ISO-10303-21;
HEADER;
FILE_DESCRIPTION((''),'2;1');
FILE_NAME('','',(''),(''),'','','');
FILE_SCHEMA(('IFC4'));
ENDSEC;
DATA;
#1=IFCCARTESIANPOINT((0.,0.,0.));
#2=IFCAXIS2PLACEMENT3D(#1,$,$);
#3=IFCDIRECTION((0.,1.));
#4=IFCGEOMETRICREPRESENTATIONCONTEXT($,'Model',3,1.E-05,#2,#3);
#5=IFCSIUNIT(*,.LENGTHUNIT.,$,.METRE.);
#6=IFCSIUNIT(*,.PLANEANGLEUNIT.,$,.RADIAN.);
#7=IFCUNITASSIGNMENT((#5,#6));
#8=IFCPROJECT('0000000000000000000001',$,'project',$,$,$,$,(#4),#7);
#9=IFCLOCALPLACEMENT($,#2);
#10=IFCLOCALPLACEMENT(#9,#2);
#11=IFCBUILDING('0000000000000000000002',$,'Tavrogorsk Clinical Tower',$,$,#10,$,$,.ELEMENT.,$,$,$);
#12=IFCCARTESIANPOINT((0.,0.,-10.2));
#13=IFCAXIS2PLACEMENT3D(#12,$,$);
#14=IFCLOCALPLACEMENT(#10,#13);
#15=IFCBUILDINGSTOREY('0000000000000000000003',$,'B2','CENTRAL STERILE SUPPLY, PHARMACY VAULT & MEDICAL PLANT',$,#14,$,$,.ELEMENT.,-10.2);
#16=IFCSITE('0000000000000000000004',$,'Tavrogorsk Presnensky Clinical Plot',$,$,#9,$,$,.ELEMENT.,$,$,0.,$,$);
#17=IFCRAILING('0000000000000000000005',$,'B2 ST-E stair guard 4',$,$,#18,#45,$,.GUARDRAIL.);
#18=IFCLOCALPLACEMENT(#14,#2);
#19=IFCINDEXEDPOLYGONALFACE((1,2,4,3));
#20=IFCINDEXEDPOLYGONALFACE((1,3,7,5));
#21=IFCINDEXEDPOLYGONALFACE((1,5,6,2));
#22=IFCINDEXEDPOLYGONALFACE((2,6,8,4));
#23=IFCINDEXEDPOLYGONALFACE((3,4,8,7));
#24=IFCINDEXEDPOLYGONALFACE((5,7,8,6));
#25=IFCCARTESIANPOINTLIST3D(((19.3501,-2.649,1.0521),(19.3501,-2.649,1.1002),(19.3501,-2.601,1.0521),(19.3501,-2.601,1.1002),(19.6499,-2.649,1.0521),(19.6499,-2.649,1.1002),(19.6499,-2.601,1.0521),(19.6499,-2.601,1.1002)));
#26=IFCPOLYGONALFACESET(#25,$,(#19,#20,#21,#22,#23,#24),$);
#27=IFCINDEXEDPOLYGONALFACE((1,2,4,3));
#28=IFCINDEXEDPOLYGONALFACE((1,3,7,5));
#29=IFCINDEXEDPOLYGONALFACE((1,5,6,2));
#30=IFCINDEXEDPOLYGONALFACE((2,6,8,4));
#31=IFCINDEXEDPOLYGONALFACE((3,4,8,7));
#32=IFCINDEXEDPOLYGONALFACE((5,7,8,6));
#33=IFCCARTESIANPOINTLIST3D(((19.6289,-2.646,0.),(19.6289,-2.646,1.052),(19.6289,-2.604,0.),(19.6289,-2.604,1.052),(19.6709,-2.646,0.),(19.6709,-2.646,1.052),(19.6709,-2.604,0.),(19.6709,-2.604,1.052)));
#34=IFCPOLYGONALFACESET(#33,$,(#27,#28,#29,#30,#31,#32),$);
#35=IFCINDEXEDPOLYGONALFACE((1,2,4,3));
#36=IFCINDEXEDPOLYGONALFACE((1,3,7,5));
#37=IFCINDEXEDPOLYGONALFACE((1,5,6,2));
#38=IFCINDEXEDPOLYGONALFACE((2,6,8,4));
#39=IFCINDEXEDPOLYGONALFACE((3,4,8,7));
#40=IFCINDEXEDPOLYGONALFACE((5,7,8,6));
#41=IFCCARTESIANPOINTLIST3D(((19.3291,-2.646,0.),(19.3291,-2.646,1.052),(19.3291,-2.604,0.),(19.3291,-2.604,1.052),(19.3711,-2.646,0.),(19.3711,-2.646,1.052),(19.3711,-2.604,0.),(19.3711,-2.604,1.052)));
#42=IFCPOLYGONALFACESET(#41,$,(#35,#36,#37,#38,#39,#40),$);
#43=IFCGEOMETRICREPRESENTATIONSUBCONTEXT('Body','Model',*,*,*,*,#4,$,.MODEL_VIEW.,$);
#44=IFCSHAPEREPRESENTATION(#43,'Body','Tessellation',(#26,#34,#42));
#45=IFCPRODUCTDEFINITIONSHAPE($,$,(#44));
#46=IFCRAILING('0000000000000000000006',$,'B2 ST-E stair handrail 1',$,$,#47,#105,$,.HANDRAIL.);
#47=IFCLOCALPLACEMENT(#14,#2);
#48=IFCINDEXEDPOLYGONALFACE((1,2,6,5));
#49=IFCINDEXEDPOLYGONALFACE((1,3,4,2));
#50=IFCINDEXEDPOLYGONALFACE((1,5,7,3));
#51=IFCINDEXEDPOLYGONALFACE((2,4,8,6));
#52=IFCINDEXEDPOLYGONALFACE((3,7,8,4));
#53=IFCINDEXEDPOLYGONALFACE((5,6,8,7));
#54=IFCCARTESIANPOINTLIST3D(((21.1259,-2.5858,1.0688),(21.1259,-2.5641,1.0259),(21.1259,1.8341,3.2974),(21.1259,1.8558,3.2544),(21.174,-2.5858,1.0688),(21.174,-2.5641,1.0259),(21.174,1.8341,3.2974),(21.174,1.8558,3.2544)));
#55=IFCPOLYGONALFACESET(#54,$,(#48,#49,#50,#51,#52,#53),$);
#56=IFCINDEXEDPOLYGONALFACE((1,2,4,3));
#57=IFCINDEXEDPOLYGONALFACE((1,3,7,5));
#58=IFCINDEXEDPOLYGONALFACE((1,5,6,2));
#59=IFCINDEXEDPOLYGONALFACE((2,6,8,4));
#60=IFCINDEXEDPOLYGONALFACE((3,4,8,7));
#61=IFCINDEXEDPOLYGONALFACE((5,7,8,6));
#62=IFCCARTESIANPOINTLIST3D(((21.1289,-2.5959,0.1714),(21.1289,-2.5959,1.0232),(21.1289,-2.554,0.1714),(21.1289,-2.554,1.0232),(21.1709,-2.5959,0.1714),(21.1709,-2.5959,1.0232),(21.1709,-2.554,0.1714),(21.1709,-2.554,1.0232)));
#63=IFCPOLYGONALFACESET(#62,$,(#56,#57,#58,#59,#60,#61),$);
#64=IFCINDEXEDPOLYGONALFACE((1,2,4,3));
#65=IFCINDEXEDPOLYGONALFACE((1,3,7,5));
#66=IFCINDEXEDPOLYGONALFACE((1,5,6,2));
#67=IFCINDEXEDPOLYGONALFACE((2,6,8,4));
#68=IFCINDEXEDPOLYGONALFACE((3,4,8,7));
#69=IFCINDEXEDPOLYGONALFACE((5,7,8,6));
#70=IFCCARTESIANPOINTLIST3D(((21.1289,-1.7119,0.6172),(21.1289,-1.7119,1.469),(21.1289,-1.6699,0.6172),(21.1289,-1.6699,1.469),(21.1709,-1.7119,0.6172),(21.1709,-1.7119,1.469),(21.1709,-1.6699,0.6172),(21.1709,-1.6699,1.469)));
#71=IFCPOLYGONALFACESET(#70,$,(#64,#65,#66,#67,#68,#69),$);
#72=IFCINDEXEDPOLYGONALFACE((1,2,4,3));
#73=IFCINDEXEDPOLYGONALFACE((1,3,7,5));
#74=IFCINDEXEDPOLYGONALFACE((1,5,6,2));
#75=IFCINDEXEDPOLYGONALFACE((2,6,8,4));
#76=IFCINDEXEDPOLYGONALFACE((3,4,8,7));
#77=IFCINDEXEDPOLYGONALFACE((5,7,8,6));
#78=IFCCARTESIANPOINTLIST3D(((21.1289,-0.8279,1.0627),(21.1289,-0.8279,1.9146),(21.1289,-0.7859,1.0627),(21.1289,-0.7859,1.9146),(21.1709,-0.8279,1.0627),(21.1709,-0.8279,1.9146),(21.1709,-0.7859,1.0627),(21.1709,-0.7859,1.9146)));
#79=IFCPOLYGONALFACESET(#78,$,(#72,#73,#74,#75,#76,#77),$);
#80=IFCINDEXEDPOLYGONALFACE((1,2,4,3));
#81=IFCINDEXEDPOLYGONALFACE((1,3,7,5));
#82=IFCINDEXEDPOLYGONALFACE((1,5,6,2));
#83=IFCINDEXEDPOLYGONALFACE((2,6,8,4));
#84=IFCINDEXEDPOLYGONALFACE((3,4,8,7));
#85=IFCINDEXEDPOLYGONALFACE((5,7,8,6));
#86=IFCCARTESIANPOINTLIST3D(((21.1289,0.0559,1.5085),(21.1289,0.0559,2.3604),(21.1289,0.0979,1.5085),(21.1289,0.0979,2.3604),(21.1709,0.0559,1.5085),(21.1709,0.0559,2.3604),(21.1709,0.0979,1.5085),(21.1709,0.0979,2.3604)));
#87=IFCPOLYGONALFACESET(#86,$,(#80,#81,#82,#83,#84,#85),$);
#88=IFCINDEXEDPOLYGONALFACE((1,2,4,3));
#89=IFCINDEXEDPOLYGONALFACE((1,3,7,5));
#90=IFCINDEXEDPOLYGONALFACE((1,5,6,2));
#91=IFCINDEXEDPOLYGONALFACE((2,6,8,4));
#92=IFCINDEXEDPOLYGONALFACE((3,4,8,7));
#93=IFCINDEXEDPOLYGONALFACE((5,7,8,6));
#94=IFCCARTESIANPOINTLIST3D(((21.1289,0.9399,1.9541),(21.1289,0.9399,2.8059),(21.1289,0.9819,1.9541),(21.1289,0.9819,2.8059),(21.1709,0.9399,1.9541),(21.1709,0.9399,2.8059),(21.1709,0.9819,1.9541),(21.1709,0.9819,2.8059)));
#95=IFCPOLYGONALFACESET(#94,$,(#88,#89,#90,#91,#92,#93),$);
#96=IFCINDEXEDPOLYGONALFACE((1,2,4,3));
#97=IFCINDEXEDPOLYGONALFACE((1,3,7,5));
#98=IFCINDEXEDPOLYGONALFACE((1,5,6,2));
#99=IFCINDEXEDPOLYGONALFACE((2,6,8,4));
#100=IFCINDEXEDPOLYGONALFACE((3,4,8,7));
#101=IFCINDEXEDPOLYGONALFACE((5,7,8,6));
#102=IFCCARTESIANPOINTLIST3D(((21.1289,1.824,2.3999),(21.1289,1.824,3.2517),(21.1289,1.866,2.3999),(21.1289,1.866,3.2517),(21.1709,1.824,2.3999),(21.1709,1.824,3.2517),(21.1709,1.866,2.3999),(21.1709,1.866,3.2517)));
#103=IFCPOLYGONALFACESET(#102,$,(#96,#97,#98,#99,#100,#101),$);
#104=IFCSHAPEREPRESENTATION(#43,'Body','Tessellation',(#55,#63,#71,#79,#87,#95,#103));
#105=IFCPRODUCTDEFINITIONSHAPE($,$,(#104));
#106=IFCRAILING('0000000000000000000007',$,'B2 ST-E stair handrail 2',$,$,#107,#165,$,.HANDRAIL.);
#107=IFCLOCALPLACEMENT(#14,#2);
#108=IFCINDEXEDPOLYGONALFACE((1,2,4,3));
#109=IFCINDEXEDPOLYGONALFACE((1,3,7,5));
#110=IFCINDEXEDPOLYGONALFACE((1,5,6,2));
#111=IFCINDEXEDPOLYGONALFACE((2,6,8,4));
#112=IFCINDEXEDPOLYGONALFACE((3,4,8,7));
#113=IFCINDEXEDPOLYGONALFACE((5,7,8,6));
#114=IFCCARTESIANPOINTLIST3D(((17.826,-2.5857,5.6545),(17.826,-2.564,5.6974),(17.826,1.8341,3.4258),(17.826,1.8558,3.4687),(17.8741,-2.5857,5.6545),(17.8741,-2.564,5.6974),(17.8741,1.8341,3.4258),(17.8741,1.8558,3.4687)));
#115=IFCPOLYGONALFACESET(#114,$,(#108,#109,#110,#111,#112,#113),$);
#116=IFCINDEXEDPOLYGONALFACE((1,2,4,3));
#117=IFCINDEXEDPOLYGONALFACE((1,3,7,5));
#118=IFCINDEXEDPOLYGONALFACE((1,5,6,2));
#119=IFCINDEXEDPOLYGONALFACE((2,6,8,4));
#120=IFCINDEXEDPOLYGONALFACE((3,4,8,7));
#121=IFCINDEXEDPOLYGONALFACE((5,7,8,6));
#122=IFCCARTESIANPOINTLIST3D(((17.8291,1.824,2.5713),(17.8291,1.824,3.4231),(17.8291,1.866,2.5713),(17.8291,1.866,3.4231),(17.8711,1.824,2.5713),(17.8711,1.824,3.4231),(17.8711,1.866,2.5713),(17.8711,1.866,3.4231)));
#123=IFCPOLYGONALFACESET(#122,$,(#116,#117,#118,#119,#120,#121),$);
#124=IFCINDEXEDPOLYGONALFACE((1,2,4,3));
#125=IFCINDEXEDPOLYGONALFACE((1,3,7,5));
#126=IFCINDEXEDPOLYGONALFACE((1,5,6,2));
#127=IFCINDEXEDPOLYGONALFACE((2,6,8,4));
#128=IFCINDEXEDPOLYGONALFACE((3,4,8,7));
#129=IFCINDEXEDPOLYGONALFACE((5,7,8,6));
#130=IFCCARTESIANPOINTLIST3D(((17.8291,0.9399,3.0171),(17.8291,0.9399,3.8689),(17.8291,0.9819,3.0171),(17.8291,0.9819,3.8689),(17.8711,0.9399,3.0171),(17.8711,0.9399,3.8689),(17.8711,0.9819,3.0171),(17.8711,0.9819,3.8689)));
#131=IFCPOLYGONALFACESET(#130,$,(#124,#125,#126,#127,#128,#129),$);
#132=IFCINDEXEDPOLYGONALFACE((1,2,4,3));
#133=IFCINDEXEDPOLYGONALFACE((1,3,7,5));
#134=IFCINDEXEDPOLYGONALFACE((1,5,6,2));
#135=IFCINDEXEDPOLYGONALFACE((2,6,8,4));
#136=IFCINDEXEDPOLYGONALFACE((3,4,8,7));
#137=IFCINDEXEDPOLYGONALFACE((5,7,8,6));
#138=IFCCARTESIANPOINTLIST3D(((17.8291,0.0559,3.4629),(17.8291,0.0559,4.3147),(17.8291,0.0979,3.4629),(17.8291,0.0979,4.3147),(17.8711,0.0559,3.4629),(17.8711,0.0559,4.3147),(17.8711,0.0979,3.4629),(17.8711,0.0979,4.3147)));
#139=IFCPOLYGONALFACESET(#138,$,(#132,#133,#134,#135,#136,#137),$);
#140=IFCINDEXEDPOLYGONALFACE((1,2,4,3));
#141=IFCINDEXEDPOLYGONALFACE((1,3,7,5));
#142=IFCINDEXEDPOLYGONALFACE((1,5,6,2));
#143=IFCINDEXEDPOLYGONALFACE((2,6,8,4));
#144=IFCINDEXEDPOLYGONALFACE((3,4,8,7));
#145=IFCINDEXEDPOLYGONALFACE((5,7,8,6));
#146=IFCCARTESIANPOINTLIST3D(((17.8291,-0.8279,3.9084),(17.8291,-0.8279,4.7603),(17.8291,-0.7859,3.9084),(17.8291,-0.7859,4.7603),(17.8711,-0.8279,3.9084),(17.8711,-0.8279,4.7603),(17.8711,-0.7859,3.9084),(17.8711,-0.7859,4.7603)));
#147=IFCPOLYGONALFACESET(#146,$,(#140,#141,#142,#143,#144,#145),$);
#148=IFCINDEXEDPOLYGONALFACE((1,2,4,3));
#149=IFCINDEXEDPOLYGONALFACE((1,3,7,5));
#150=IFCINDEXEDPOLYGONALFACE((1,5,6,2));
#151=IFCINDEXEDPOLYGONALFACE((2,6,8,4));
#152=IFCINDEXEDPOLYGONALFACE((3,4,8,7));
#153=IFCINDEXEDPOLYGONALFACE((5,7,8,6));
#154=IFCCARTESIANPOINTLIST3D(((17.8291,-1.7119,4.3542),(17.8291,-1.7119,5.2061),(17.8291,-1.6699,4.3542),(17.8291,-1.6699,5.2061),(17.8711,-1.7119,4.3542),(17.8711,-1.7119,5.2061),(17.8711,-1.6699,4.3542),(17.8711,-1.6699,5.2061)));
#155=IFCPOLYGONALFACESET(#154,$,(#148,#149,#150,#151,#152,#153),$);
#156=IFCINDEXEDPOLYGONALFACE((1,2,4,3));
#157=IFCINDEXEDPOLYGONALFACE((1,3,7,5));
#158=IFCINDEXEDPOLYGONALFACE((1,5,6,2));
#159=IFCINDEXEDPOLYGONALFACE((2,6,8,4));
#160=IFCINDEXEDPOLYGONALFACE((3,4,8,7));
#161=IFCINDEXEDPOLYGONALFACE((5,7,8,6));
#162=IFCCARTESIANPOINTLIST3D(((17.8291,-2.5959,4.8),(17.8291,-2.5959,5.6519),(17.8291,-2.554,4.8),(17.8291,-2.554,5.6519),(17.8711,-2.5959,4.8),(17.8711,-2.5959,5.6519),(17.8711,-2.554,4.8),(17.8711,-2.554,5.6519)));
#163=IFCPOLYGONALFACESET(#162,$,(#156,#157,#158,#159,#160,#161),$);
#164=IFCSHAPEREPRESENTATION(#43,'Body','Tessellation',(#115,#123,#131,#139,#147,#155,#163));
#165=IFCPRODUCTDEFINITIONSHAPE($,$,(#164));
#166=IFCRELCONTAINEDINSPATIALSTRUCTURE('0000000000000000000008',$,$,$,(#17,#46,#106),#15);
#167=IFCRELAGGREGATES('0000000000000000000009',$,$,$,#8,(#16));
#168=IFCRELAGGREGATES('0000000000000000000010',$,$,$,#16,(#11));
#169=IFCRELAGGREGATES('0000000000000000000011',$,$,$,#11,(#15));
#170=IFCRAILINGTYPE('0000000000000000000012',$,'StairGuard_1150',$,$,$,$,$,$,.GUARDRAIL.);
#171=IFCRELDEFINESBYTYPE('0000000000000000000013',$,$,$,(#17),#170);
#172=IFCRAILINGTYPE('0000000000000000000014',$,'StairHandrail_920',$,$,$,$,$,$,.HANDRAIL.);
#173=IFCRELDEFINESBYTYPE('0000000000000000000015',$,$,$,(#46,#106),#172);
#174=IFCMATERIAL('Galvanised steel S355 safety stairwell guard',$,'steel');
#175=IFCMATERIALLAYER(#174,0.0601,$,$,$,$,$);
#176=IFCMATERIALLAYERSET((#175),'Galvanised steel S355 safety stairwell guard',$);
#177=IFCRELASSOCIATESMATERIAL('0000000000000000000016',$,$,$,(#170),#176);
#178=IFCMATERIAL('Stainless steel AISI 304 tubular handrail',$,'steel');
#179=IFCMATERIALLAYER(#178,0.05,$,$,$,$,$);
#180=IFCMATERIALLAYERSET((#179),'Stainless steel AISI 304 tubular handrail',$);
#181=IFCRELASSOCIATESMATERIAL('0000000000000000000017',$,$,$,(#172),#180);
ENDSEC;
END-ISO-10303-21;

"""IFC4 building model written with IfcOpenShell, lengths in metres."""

from ifc_helpers import new_model, si_unit, direction, frame, origin, origin_2d, place, context, subcontext, project, spatial, rectangle, extrude, material, layer, layer_set, type_object, element, save


model = new_model("IFC4")

# Units and contexts
model_context = context("Model", 3, precision=1e-05, world=origin(), true_north=direction((0.0, 1.0)))
body_context = subcontext(model_context, "Body", "Model", "MODEL_VIEW")
ifc_project = project(units=[si_unit("LENGTHUNIT", "METRE"), si_unit("PLANEANGLEUNIT", "RADIAN")], contexts=[model_context])

# Site, building, storey
site_placement = place(None, origin())
site = spatial("IfcSite", under=ifc_project, at=site_placement, Name="Tavrogorsk Presnensky Clinical Plot", CompositionType="ELEMENT", RefElevation=0.0)
building_placement = place(site_placement, origin())
building = spatial("IfcBuilding", under=site, at=building_placement, Name="Tavrogorsk Clinical Tower", CompositionType="ELEMENT")
storey_placement = place(building_placement, frame((0.0, 0.0, -10.2)))
storey = spatial("IfcBuildingStorey", under=building, at=storey_placement, Name="B2", Description="CENTRAL STERILE SUPPLY, PHARMACY VAULT & MEDICAL PLANT", CompositionType="ELEMENT", Elevation=-10.2)

# Railings
ifc_material_1 = material(Name="Galvanised steel S355 safety stairwell guard", Category="steel")
ifc_layer_1 = layer(ifc_material_1, 0.0601)
ifc_layer_set_1 = layer_set([ifc_layer_1], Name="Galvanised steel S355 safety stairwell guard")
railing_type_1 = type_object("IfcRailingType", Name="StairGuard_1150", PredefinedType="GUARDRAIL", material=ifc_layer_set_1)
railing_1_placement = place(storey_placement, frame((19.6499, -2.625, 0.0)))
element("IfcRailing", 1, at=railing_1_placement, inside=storey, type_object=railing_type_1, Name="B2 ST-E stair guard 4", PredefinedType="GUARDRAIL", context=body_context, shape_type="SweptSolid", body=[
    extrude(rectangle(XDim=0.0481, YDim=0.0481, at=origin_2d()), frame((0.0, 0.0, 1.0762), z_axis=(-1.0, 0.0, 0.0), x_axis=(0.0, -1.0, 0.0)), (0.0, 0.0, 1.0), 0.2998),
    extrude(rectangle(XDim=0.042, YDim=0.042, at=origin_2d()), origin(), (0.0, 0.0, 1.0), 1.052),
    extrude(rectangle(XDim=0.042, YDim=0.042, at=origin_2d()), frame((-0.2998, 0.0, 0.0)), (0.0, 0.0, 1.0), 1.052),
])
ifc_material_2 = material(Name="Stainless steel AISI 304 tubular handrail", Category="steel")
ifc_layer_2 = layer(ifc_material_2, 0.05)
ifc_layer_set_2 = layer_set([ifc_layer_2], Name="Stainless steel AISI 304 tubular handrail")
railing_type_2 = type_object("IfcRailingType", Name="StairHandrail_920", PredefinedType="HANDRAIL", material=ifc_layer_set_2)
railing_2_placement = place(storey_placement, frame((21.1499, -2.575, 0.1714)))
element("IfcRailing", 2, at=railing_2_placement, inside=storey, type_object=railing_type_2, Name="B2 ST-E stair handrail 1", PredefinedType="HANDRAIL", context=body_context, shape_type="SweptSolid", body=[
    extrude(rectangle(XDim=0.0481, YDim=0.0481, at=origin_2d()), frame((0.0, 0.0, 0.876), z_axis=(0.0, 0.892923, 0.45021), x_axis=(-1.0, 0.0, 0.0)), (0.0, 0.0, 1.0), 4.95),
    extrude(rectangle(XDim=0.042, YDim=0.042, at=origin_2d()), origin(), (0.0, 0.0, 1.0), 0.8518),
    extrude(rectangle(XDim=0.042, YDim=0.042, at=origin_2d()), frame((0.0, 0.884, 0.4458)), (0.0, 0.0, 1.0), 0.8518),
    extrude(rectangle(XDim=0.042, YDim=0.042, at=origin_2d()), frame((0.0, 1.7681, 0.8914)), (0.0, 0.0, 1.0), 0.8518),
    extrude(rectangle(XDim=0.042, YDim=0.042, at=origin_2d()), frame((0.0, 2.6519, 1.3372)), (0.0, 0.0, 1.0), 0.8518),
    extrude(rectangle(XDim=0.042, YDim=0.042, at=origin_2d()), frame((0.0, 3.5359, 1.7827)), (0.0, 0.0, 1.0), 0.8518),
    extrude(rectangle(XDim=0.042, YDim=0.042, at=origin_2d()), frame((0.0, 4.4199, 2.2285)), (0.0, 0.0, 1.0), 0.8518),
])
railing_3_placement = place(storey_placement, frame((17.8501, 1.845, 2.5713)))
element("IfcRailing", 3, at=railing_3_placement, inside=storey, type_object=railing_type_2, Name="B2 ST-E stair handrail 2", PredefinedType="HANDRAIL", context=body_context, shape_type="SweptSolid", body=[
    extrude(rectangle(XDim=0.0481, YDim=0.0481, at=origin_2d()), frame((0.0, 0.0, 0.876), z_axis=(0.0, -0.892903, 0.450249), x_axis=(1.0, 0.0, 0.0)), (0.0, 0.0, 1.0), 4.95),
    extrude(rectangle(XDim=0.042, YDim=0.042, at=origin_2d()), origin(), (0.0, 0.0, 1.0), 0.8518),
    extrude(rectangle(XDim=0.042, YDim=0.042, at=origin_2d()), frame((0.0, -0.884, 0.4458)), (0.0, 0.0, 1.0), 0.8518),
    extrude(rectangle(XDim=0.042, YDim=0.042, at=origin_2d()), frame((0.0, -1.7681, 0.8916)), (0.0, 0.0, 1.0), 0.8518),
    extrude(rectangle(XDim=0.042, YDim=0.042, at=origin_2d()), frame((0.0, -2.6519, 1.3372)), (0.0, 0.0, 1.0), 0.8518),
    extrude(rectangle(XDim=0.042, YDim=0.042, at=origin_2d()), frame((0.0, -3.5359, 1.783)), (0.0, 0.0, 1.0), 0.8518),
    extrude(rectangle(XDim=0.042, YDim=0.042, at=origin_2d()), frame((0.0, -4.4199, 2.2288)), (0.0, 0.0, 1.0), 0.8518),
])

save(model, "model.ifc")
